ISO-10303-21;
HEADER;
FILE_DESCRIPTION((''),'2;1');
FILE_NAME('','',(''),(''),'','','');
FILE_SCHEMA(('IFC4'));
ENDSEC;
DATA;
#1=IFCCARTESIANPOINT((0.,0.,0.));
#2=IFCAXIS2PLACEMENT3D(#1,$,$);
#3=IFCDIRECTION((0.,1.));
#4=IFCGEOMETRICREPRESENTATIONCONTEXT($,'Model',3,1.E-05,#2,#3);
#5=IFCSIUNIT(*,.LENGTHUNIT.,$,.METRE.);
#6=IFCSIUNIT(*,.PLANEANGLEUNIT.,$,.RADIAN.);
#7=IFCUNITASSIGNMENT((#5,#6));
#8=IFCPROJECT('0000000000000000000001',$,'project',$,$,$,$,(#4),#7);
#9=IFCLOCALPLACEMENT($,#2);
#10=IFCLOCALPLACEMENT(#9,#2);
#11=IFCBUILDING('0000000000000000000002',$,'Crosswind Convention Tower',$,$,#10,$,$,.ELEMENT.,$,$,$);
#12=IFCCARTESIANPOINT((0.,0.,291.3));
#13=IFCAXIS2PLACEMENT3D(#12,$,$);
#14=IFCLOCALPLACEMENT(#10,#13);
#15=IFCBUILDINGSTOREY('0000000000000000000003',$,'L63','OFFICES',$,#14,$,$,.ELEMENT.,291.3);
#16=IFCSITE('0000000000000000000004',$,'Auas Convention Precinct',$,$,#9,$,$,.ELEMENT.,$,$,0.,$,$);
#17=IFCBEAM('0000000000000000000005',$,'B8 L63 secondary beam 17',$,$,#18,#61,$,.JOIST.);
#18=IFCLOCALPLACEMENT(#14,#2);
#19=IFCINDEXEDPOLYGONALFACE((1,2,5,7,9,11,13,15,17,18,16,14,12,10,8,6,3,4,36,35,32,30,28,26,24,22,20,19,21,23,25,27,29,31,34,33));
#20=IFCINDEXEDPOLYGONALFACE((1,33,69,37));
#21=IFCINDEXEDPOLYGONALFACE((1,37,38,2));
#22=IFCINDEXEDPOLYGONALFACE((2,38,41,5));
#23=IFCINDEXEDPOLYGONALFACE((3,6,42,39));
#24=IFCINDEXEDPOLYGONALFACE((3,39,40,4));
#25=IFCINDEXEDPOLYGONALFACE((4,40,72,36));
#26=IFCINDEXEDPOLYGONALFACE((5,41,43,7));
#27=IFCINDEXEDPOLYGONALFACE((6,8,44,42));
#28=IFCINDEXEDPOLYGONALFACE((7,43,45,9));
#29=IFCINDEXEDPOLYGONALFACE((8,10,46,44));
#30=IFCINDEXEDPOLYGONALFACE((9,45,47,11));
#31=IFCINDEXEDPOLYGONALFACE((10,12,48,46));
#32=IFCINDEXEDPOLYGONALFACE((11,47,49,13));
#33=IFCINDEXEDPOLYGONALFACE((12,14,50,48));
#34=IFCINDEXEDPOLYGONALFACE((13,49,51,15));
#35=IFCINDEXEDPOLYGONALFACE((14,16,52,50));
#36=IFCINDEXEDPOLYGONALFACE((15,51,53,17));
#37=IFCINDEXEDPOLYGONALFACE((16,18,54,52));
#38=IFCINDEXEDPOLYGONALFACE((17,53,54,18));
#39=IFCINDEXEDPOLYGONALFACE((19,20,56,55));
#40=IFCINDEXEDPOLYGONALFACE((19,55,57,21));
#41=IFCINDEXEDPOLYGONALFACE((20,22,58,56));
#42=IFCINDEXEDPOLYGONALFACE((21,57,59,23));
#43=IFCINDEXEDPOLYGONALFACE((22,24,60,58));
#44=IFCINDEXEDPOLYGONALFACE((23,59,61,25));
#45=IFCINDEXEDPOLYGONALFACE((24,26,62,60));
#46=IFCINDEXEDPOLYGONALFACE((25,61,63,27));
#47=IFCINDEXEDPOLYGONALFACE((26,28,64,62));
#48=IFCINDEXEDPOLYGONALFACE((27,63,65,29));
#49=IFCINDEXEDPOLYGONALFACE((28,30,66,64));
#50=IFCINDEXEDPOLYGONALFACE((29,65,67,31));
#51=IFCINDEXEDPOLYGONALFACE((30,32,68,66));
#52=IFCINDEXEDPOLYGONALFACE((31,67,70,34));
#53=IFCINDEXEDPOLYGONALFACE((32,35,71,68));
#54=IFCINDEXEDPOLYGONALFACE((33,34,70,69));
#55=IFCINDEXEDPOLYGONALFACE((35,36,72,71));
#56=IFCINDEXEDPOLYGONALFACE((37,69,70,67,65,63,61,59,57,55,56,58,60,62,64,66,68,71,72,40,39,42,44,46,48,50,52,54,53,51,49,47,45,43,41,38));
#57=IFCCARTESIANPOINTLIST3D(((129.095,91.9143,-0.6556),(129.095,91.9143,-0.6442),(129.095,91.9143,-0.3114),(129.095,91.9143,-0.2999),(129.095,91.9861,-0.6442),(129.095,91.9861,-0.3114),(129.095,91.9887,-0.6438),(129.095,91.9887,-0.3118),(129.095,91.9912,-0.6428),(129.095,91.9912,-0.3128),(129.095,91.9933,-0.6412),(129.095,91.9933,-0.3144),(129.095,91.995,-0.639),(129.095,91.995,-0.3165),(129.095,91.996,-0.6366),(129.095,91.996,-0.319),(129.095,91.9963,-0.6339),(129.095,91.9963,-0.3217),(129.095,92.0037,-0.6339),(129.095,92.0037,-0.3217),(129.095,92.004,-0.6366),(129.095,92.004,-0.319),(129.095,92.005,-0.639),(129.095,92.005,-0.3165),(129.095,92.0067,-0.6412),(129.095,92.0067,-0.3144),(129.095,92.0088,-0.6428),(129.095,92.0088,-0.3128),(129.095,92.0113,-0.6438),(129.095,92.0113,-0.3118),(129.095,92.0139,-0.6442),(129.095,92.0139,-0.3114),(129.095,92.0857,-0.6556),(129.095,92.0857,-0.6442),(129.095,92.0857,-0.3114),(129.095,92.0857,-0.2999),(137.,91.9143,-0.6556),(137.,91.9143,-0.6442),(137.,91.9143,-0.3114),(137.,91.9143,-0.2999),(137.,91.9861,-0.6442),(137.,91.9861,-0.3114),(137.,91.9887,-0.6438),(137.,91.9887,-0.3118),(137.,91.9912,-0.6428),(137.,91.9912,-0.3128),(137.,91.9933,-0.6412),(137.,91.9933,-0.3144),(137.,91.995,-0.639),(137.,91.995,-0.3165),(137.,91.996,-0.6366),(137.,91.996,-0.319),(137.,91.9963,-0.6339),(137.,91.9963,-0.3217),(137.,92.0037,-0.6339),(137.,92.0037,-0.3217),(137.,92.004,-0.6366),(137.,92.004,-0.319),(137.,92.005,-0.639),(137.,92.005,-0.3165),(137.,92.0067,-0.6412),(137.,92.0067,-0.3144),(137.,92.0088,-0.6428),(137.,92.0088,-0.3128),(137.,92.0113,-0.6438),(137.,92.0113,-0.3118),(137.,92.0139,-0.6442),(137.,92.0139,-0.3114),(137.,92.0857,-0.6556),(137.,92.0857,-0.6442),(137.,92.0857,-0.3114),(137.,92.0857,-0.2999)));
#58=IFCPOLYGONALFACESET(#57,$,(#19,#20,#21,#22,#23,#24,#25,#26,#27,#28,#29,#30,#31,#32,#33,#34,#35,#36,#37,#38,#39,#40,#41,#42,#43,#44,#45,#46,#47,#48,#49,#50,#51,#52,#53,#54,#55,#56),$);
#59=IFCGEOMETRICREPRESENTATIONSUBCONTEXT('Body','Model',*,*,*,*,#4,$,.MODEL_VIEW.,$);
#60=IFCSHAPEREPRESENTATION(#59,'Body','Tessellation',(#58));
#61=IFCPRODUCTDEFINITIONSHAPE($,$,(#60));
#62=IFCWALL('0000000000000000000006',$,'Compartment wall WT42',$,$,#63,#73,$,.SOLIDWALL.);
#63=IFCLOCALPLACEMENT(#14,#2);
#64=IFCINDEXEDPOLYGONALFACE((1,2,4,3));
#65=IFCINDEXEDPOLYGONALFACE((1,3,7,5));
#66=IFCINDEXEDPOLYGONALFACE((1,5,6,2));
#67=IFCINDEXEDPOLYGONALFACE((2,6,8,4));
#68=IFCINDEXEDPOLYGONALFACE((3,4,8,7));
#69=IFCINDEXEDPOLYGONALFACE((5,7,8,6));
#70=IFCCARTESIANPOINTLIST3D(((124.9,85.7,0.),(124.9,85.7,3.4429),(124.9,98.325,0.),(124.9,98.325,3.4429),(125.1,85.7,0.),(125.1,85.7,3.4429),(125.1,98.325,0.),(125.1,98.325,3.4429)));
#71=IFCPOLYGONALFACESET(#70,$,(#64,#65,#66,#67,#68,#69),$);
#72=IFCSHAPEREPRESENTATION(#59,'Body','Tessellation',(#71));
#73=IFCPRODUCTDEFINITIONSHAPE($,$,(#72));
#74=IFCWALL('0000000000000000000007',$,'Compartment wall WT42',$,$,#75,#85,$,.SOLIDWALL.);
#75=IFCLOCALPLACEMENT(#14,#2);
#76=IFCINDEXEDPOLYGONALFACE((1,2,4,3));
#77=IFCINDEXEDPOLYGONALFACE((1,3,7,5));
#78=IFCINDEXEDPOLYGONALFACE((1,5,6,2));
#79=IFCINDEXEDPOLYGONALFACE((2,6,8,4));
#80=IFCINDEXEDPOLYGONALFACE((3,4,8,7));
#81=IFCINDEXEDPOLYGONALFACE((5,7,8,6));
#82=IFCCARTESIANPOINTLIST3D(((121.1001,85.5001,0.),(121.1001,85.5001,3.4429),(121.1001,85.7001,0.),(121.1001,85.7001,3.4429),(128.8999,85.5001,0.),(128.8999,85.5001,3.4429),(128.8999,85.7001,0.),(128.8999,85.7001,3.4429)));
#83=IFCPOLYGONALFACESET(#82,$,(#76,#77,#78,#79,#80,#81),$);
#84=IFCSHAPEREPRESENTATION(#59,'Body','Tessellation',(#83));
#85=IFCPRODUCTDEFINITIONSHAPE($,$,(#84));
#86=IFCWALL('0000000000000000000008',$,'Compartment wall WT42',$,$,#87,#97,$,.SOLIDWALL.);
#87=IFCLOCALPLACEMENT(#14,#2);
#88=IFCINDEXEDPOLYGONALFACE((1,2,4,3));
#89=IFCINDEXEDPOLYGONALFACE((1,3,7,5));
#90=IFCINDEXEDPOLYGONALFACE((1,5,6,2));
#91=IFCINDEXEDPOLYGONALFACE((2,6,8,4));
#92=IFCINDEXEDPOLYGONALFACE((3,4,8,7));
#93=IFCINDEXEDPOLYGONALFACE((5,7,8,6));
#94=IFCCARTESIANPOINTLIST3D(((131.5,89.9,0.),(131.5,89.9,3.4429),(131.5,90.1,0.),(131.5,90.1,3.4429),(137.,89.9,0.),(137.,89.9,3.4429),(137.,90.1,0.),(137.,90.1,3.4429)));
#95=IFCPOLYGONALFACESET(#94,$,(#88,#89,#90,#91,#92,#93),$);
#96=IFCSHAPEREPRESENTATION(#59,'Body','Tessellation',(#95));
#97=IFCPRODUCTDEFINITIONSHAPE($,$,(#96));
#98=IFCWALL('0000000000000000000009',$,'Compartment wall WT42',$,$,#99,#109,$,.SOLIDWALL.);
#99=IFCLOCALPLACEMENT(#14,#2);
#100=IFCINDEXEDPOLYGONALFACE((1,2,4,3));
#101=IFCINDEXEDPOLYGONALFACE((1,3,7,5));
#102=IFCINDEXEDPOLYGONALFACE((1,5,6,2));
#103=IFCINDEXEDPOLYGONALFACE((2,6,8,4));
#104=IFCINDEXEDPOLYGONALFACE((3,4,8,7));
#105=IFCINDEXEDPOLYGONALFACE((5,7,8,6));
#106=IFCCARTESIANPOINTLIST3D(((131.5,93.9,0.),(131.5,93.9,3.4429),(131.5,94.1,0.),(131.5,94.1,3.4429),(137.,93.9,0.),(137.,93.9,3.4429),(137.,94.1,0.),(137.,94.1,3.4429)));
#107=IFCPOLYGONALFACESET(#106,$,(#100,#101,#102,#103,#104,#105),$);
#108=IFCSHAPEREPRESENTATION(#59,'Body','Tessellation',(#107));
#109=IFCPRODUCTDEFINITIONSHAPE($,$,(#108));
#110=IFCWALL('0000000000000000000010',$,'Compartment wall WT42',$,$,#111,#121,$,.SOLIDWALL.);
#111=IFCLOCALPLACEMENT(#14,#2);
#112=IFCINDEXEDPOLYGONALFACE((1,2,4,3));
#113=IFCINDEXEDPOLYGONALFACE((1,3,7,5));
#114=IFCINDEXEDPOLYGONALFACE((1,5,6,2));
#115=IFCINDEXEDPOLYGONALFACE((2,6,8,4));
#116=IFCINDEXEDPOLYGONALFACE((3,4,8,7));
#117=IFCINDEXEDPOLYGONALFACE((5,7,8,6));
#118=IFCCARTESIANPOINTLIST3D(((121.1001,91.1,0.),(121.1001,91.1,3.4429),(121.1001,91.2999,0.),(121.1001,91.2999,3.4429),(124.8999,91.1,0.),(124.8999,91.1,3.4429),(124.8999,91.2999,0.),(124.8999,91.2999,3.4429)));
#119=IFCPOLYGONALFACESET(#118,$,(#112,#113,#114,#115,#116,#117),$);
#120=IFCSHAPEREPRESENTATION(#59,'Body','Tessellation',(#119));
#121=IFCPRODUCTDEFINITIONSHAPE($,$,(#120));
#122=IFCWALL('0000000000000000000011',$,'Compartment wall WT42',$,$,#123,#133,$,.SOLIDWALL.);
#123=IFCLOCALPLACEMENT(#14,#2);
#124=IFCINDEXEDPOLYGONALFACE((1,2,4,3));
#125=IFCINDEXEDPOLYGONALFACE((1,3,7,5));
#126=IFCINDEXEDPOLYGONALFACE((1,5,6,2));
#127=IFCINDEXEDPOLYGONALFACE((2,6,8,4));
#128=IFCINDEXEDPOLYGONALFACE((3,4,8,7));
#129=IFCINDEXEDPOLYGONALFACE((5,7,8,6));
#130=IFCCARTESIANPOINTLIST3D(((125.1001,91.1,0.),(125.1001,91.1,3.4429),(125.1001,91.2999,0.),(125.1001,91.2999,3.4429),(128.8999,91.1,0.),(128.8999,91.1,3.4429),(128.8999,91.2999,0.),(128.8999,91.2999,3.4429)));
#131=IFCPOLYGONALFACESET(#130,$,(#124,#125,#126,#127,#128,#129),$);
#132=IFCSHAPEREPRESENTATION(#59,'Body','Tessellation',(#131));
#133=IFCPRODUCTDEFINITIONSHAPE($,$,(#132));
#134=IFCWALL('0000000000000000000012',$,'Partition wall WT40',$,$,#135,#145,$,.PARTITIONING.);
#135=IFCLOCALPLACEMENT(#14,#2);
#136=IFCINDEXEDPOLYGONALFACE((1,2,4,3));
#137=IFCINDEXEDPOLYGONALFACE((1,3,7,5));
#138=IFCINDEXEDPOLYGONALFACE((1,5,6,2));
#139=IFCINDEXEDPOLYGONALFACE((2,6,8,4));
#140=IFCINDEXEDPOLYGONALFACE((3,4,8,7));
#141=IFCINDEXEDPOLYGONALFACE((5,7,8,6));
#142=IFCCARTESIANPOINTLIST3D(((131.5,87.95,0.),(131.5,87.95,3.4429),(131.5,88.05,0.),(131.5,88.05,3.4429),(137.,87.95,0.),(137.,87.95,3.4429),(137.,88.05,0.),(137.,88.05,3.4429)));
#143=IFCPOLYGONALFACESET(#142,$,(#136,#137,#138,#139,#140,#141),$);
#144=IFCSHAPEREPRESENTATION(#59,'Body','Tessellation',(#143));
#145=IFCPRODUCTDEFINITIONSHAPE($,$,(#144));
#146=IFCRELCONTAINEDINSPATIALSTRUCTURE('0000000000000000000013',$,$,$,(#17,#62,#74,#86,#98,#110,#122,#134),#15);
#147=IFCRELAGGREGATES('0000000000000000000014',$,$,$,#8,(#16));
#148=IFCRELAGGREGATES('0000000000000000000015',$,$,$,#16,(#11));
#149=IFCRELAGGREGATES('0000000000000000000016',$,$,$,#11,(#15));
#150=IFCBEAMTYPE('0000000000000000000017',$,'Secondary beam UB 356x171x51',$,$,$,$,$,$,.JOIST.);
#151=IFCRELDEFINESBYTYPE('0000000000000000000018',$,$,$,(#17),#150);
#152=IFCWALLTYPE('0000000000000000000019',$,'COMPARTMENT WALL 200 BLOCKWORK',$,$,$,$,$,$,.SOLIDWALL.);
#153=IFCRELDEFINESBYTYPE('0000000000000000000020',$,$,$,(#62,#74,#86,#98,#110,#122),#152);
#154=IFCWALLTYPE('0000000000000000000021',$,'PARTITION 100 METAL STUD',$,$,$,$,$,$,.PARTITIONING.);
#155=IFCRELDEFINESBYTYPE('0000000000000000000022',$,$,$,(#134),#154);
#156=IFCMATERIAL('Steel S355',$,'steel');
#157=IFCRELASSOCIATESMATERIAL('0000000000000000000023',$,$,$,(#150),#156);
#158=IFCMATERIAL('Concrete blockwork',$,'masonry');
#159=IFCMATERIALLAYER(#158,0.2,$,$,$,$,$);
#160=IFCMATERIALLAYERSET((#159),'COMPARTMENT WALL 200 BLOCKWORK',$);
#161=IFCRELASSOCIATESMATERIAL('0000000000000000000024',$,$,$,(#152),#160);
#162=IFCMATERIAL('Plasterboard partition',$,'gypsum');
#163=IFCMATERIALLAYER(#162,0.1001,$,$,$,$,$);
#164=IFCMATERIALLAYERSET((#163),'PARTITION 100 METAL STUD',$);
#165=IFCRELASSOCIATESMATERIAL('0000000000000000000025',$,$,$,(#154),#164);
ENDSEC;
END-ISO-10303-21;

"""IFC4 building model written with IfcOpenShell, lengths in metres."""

from ifc_helpers import new_model, si_unit, direction, frame, frame_2d, origin, origin_2d, place, context, subcontext, project, spatial, rectangle, i_section, extrude, material, layer, layer_set, material_profile, profile_set, type_object, element, save


model = new_model("IFC4")

# Units and contexts
model_context = context("Model", 3, precision=1e-05, world=origin(), true_north=direction((0.0, 1.0)))
body_context = subcontext(model_context, "Body", "Model", "MODEL_VIEW")
ifc_project = project(units=[si_unit("LENGTHUNIT", "METRE"), si_unit("PLANEANGLEUNIT", "RADIAN")], contexts=[model_context])

# Site, building, storey
site_placement = place(None, origin())
site = spatial("IfcSite", under=ifc_project, at=site_placement, Name="Auas Convention Precinct", CompositionType="ELEMENT", RefElevation=0.0)
building_placement = place(site_placement, origin())
building = spatial("IfcBuilding", under=site, at=building_placement, Name="Crosswind Convention Tower", CompositionType="ELEMENT")
storey_placement = place(building_placement, frame((0.0, 0.0, 291.3)))
storey = spatial("IfcBuildingStorey", under=building, at=storey_placement, Name="L63", Description="OFFICES", CompositionType="ELEMENT", Elevation=291.3)

# Beam
ifc_material_1 = material(Name="Steel S355", Category="steel")
ifc_material_profile_1 = material_profile(ifc_material_1, i_section(OverallWidth=0.1714, OverallDepth=0.3557, WebThickness=0.0073, FlangeThickness=0.0115, FilletRadius=0.0103, at=origin_2d()), Name="UB 356x171x51")
ifc_profile_set_1 = profile_set([ifc_material_profile_1], Name="Steel S355")
beam_type_1 = type_object("IfcBeamType", Name="Secondary beam UB 356x171x51", PredefinedType="JOIST", material=ifc_profile_set_1)
beam_1_placement = place(storey_placement, frame((129.095, 92.0, -0.4778), z_axis=(1.0, 0.0, 0.0), x_axis=(0.0, 1.0, 0.0)))
element("IfcBeam", 1, at=beam_1_placement, inside=storey, type_object=beam_type_1, Name="B8 L63 secondary beam 17", PredefinedType="JOIST", context=body_context, shape_type="SweptSolid", body=[
    extrude(i_section(OverallWidth=0.1714, OverallDepth=0.3557, WebThickness=0.0073, FlangeThickness=0.0115, FilletRadius=0.0103, at=origin_2d()), origin(), (0.0, 0.0, 1.0), 7.905),
])

# Walls
ifc_material_2 = material(Name="Concrete blockwork", Category="masonry")
ifc_layer_1 = layer(ifc_material_2, 0.2)
ifc_layer_set_1 = layer_set([ifc_layer_1], Name="COMPARTMENT WALL 200 BLOCKWORK")
wall_type_1 = type_object("IfcWallType", Name="COMPARTMENT WALL 200 BLOCKWORK", PredefinedType="SOLIDWALL", material=ifc_layer_set_1)
wall_1_placement = place(storey_placement, frame((125.0, 85.7, 0.0), z_axis=(0.0, 0.0, 1.0), x_axis=(0.0, 1.0, 0.0)))
element("IfcWall", 2, at=wall_1_placement, inside=storey, type_object=wall_type_1, Name="Compartment wall WT42", PredefinedType="SOLIDWALL", context=body_context, shape_type="SweptSolid", body=[
    extrude(rectangle(XDim=12.625, YDim=0.2, at=frame_2d((6.3125, 0.0))), origin(), (0.0, 0.0, 1.0), 3.4429),
])
wall_2_placement = place(storey_placement, frame((121.1001, 85.6001, 0.0), z_axis=(0.0, 0.0, 1.0), x_axis=(1.0, 0.0, 0.0)))
element("IfcWall", 3, at=wall_2_placement, inside=storey, type_object=wall_type_1, Name="Compartment wall WT42", PredefinedType="SOLIDWALL", context=body_context, shape_type="SweptSolid", body=[
    extrude(rectangle(XDim=7.7998, YDim=0.2, at=frame_2d((3.8999, 0.0))), origin(), (0.0, 0.0, 1.0), 3.4429),
])
for number, where, z_axis, x_axis, name in (
    (4, (131.5, 90.0, 0.0), (0.0, 0.0, 1.0), (1.0, 0.0, 0.0), "Compartment wall WT42"),
    (5, (131.5, 94.0, 0.0), (0.0, 0.0, 1.0), (1.0, 0.0, 0.0), "Compartment wall WT42"),
):
    element("IfcWall", number, at=place(storey_placement, frame(where, z_axis=z_axis, x_axis=x_axis)), inside=storey, type_object=wall_type_1, Name=name, PredefinedType="SOLIDWALL", context=body_context, shape_type="SweptSolid", body=[
        extrude(rectangle(XDim=5.5, YDim=0.2, at=frame_2d((2.75, 0.0))), origin(), (0.0, 0.0, 1.0), 3.4429),
    ])
for number, where, z_axis, x_axis, name in (
    (6, (121.1001, 91.2, 0.0), (0.0, 0.0, 1.0), (1.0, 0.0, 0.0), "Compartment wall WT42"),
    (7, (125.1001, 91.2, 0.0), (0.0, 0.0, 1.0), (1.0, 0.0, 0.0), "Compartment wall WT42"),
):
    element("IfcWall", number, at=place(storey_placement, frame(where, z_axis=z_axis, x_axis=x_axis)), inside=storey, type_object=wall_type_1, Name=name, PredefinedType="SOLIDWALL", context=body_context, shape_type="SweptSolid", body=[
        extrude(rectangle(XDim=3.7998, YDim=0.2, at=frame_2d((1.8999, 0.0))), origin(), (0.0, 0.0, 1.0), 3.4429),
    ])
ifc_material_3 = material(Name="Plasterboard partition", Category="gypsum")
ifc_layer_2 = layer(ifc_material_3, 0.1001)
ifc_layer_set_2 = layer_set([ifc_layer_2], Name="PARTITION 100 METAL STUD")
wall_type_2 = type_object("IfcWallType", Name="PARTITION 100 METAL STUD", PredefinedType="PARTITIONING", material=ifc_layer_set_2)
wall_3_placement = place(storey_placement, frame((131.5, 88.0, 0.0), z_axis=(0.0, 0.0, 1.0), x_axis=(1.0, 0.0, 0.0)))
element("IfcWall", 8, at=wall_3_placement, inside=storey, type_object=wall_type_2, Name="Partition wall WT40", PredefinedType="PARTITIONING", context=body_context, shape_type="SweptSolid", body=[
    extrude(rectangle(XDim=5.5, YDim=0.1001, at=frame_2d((2.75, 0.0))), origin(), (0.0, 0.0, 1.0), 3.4429),
])

save(model, "model.ifc")
